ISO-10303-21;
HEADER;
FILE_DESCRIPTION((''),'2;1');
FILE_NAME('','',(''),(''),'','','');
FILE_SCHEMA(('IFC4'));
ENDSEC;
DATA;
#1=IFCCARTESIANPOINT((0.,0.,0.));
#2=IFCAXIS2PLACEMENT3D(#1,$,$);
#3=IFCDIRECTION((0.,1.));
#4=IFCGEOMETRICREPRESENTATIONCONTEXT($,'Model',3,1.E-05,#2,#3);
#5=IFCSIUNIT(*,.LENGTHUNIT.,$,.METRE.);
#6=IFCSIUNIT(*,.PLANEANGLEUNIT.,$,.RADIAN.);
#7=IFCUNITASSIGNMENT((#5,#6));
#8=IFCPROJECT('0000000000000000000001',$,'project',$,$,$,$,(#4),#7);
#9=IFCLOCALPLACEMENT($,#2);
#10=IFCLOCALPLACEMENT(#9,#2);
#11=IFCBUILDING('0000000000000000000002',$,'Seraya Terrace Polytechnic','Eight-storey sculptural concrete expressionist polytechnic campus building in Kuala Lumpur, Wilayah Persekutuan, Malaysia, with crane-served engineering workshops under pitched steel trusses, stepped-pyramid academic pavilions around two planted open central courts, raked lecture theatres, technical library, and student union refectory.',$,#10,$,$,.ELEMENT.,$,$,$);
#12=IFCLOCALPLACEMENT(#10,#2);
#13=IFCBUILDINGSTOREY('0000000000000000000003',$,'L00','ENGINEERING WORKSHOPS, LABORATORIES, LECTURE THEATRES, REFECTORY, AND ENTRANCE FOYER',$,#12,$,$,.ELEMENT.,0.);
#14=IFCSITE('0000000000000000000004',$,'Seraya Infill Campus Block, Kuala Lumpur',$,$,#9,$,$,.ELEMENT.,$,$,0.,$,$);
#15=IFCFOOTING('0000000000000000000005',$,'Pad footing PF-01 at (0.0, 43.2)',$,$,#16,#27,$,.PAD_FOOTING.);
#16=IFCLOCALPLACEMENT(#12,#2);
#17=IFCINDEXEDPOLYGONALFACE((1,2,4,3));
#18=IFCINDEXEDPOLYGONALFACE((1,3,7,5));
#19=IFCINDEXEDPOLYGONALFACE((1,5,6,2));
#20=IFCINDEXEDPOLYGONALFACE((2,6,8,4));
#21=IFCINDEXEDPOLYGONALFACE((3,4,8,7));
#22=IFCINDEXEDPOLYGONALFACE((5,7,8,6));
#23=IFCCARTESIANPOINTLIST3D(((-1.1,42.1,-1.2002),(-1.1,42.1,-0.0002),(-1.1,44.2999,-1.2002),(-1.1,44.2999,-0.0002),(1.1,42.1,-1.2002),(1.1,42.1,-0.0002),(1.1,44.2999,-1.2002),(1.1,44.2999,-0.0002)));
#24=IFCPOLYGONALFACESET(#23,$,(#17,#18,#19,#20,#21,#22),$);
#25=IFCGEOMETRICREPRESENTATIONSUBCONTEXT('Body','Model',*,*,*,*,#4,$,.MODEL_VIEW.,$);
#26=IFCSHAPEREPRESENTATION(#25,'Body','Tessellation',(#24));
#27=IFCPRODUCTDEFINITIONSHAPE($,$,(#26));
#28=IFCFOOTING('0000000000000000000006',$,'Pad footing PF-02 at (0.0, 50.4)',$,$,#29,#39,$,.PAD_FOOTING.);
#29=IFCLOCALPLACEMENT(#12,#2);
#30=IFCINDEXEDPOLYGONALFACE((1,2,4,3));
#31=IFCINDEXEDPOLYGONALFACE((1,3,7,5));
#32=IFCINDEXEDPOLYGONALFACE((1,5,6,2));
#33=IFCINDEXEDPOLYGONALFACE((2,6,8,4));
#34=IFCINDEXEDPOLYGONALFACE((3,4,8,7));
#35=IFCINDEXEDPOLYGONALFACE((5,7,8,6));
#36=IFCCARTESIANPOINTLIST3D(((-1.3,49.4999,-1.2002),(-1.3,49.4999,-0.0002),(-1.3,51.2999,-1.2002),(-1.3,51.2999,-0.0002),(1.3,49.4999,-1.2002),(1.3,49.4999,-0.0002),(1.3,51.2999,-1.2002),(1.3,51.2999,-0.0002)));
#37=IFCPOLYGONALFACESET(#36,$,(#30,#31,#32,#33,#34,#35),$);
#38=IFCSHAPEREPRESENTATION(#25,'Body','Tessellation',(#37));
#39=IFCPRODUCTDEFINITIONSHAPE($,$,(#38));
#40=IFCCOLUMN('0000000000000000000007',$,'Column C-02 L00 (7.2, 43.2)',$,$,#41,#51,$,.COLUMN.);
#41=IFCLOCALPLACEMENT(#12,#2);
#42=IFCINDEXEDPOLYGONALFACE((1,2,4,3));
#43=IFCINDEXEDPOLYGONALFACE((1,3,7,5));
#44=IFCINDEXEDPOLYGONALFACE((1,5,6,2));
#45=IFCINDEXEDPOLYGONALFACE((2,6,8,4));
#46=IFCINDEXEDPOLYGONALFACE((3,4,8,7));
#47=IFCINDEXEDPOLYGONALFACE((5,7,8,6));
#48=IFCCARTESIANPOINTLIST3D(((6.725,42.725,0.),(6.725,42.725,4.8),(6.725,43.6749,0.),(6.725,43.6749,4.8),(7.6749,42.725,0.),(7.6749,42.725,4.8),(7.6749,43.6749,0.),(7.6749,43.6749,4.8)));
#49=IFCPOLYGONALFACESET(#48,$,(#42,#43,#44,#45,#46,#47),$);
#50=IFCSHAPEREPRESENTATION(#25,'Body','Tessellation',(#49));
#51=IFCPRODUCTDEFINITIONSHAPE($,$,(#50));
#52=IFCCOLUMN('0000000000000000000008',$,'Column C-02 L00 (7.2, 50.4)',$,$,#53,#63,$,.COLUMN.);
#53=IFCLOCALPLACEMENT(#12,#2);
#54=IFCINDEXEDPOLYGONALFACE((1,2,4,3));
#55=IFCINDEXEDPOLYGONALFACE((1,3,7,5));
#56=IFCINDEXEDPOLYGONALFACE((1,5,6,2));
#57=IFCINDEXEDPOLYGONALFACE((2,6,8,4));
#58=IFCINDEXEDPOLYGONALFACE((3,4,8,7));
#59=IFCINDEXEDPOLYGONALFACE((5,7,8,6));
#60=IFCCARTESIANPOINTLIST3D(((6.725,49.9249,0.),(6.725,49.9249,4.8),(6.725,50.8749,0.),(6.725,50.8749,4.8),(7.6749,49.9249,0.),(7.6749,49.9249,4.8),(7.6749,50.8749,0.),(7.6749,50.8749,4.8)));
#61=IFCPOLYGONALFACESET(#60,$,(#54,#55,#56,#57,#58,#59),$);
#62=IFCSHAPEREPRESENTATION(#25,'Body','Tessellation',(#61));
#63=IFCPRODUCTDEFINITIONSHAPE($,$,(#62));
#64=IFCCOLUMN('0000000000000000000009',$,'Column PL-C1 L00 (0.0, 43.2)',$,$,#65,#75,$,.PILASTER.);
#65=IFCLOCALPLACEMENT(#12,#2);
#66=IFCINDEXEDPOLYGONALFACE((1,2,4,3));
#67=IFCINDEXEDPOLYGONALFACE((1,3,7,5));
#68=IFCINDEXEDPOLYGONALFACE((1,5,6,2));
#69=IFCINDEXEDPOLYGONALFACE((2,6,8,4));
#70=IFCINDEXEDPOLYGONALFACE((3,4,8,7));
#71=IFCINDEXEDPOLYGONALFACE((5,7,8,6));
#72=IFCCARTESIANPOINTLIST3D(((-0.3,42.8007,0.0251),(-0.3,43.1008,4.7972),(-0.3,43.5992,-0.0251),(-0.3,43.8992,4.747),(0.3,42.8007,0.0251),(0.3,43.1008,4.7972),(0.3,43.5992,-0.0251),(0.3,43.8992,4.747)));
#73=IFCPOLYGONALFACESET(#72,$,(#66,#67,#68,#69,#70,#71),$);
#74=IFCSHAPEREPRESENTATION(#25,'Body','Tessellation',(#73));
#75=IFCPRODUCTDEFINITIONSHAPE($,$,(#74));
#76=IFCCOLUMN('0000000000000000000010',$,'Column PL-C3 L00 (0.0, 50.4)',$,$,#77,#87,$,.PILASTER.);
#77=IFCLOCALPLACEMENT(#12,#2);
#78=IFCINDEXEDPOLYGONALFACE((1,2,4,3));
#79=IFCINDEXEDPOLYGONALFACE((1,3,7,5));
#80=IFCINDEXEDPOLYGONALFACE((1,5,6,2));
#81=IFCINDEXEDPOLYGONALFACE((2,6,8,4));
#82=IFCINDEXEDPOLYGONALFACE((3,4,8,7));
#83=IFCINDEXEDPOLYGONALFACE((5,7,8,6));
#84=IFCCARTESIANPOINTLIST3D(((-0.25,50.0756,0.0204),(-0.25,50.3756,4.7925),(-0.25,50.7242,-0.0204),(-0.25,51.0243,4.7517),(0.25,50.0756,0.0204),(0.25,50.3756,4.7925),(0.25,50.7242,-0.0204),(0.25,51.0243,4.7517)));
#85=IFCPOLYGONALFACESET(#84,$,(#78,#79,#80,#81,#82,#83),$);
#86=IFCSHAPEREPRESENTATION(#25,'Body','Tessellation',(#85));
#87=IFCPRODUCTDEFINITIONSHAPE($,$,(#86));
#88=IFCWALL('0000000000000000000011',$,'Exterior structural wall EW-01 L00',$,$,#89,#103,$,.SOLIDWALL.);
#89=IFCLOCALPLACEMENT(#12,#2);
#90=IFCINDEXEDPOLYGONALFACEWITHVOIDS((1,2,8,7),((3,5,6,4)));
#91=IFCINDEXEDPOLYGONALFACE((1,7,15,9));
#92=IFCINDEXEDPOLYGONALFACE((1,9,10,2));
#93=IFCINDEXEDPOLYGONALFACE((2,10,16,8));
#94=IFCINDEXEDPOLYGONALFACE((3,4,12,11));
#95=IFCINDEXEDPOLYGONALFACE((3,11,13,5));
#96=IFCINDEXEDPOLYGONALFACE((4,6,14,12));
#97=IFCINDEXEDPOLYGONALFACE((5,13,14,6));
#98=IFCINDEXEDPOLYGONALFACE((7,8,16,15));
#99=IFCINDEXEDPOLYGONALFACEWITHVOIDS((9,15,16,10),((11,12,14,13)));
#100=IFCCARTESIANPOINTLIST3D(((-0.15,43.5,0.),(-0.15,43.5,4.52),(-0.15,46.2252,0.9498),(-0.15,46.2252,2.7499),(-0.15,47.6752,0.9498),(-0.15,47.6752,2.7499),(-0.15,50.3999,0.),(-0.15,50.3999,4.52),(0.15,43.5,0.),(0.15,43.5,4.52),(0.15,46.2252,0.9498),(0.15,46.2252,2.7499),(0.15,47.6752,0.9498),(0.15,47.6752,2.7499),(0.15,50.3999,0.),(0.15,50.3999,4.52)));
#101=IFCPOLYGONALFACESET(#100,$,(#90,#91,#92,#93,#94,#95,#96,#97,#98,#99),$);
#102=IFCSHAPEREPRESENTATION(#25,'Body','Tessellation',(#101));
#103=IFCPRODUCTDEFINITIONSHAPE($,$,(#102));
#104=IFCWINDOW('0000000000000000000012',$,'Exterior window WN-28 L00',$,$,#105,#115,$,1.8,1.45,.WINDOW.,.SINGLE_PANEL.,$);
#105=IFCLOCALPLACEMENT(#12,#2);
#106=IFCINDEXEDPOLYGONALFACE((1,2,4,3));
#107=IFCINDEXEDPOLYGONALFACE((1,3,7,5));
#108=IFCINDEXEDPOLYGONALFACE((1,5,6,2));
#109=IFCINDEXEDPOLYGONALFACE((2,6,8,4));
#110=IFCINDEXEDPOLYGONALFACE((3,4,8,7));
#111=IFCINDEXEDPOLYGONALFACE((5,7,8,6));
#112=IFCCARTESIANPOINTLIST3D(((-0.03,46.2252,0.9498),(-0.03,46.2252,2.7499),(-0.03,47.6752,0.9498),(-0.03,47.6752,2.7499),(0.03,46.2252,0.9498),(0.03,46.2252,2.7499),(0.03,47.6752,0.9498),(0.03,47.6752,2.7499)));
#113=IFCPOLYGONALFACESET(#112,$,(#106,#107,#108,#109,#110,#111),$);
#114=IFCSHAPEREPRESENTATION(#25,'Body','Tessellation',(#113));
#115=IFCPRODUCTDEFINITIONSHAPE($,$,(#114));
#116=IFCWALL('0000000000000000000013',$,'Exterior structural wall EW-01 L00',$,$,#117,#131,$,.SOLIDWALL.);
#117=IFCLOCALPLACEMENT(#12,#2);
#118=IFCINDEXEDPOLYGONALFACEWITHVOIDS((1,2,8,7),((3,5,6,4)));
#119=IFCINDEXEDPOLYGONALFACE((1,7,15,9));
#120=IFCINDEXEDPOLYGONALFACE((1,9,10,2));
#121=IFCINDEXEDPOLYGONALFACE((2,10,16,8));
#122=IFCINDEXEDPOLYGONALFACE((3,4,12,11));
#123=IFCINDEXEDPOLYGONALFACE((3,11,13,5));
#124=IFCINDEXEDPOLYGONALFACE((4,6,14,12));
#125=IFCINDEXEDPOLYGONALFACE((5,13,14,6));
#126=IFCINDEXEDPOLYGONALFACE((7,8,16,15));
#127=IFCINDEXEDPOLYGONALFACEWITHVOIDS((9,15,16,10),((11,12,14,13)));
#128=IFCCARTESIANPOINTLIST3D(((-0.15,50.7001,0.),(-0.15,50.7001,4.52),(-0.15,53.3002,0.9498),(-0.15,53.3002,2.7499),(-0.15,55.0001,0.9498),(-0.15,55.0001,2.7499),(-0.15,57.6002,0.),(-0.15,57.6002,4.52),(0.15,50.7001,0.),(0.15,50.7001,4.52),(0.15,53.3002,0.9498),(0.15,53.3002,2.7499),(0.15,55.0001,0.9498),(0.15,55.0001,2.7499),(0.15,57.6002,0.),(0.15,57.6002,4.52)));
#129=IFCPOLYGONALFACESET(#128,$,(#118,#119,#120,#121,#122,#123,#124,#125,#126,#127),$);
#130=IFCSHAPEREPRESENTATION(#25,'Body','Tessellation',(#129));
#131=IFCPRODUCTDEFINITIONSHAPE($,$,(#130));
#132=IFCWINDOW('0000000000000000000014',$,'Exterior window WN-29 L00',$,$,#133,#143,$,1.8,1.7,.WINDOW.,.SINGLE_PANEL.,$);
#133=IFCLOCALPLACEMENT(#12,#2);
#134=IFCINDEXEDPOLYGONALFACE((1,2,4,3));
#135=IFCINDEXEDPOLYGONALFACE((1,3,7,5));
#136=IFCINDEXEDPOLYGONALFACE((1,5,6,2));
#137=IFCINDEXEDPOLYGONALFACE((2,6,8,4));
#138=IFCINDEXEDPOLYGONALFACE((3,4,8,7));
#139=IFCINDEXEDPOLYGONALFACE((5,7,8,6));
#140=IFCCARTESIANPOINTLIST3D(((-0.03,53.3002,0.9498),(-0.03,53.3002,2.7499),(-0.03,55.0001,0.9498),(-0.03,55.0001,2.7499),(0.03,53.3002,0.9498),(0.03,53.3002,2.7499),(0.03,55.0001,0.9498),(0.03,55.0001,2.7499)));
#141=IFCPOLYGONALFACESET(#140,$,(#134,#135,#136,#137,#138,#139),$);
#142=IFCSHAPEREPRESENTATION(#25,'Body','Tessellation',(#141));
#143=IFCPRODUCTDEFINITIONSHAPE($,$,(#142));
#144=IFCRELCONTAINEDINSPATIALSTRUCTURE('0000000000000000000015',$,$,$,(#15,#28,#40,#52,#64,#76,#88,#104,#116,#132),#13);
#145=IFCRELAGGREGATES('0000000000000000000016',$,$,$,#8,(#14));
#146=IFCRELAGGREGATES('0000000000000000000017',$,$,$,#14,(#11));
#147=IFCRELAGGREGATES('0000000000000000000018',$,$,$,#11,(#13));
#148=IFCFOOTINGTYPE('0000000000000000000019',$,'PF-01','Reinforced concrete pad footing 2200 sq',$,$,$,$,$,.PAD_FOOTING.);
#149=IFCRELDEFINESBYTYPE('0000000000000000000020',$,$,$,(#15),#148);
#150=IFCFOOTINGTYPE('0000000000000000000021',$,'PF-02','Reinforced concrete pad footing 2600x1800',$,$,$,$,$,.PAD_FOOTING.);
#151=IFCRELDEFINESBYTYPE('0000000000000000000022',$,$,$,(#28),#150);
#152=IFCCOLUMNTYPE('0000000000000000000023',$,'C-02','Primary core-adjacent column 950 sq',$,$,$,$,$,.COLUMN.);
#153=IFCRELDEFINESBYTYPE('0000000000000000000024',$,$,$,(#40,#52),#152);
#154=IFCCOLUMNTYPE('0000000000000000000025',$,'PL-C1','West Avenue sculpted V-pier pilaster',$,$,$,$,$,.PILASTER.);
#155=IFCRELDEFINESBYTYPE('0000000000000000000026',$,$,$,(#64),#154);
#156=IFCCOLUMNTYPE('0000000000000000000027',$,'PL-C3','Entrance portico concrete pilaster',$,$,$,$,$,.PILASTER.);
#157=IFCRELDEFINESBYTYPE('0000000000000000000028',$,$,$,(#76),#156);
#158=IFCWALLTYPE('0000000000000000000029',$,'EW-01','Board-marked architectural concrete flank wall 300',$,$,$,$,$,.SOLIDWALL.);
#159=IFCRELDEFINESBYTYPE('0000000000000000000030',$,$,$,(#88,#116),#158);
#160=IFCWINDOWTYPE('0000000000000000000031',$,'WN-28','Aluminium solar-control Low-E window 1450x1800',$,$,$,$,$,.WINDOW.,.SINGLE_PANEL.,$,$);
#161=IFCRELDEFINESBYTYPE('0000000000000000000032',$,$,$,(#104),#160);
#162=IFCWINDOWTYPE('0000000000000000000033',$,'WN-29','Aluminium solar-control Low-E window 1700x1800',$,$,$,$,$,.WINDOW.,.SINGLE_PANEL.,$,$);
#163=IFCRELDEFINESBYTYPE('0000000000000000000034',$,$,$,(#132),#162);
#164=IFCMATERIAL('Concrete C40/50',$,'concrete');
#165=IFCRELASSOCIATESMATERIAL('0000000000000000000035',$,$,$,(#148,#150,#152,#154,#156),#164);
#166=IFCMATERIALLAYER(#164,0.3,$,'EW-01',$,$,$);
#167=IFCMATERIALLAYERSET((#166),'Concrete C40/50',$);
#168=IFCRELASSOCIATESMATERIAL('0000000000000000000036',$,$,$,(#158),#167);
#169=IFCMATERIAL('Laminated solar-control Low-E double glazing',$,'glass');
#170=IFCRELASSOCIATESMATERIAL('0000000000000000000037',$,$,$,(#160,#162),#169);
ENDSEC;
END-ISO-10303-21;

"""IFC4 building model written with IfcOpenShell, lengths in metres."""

from ifc_helpers import new_model, si_unit, direction, frame, frame_2d, origin, origin_2d, place, context, subcontext, project, spatial, rectangle, extrude, material, layer, layer_set, material_profile, profile_set, type_object, element, fill, save


model = new_model("IFC4")

# Units and contexts
model_context = context("Model", 3, precision=1e-05, world=origin(), true_north=direction((0.0, 1.0)))
body_context = subcontext(model_context, "Body", "Model", "MODEL_VIEW")
ifc_project = project(units=[si_unit("LENGTHUNIT", "METRE"), si_unit("PLANEANGLEUNIT", "RADIAN")], contexts=[model_context])

# Site, building, storey
site_placement = place(None, origin())
site = spatial("IfcSite", under=ifc_project, at=site_placement, Name="Seraya Infill Campus Block, Kuala Lumpur", CompositionType="ELEMENT", RefElevation=0.0)
building_placement = place(site_placement, origin())
building = spatial("IfcBuilding", under=site, at=building_placement, Name="Seraya Terrace Polytechnic", Description="Eight-storey sculptural concrete expressionist polytechnic campus building in Kuala Lumpur, Wilayah Persekutuan, Malaysia, with crane-served engineering workshops under pitched steel trusses, stepped-pyramid academic pavilions around two planted open central courts, raked lecture theatres, technical library, and student union refectory.", CompositionType="ELEMENT")
storey_placement = place(building_placement, origin())
storey = spatial("IfcBuildingStorey", under=building, at=storey_placement, Name="L00", Description="ENGINEERING WORKSHOPS, LABORATORIES, LECTURE THEATRES, REFECTORY, AND ENTRANCE FOYER", CompositionType="ELEMENT", Elevation=0.0)

# Shared definitions
ifc_material_1 = material(Name="Concrete C40/50", Category="concrete")

# Footings
footing_type_1 = type_object("IfcFootingType", Name="PF-01", Description="Reinforced concrete pad footing 2200 sq", PredefinedType="PAD_FOOTING", material=ifc_material_1)
footing_1_placement = place(storey_placement, frame((0.0, 43.2, -1.2002), z_axis=(0.0, 0.0, 1.0), x_axis=(1.0, 0.0, 0.0)))
element("IfcFooting", 1, at=footing_1_placement, inside=storey, type_object=footing_type_1, Name="Pad footing PF-01 at (0.0, 43.2)", PredefinedType="PAD_FOOTING", context=body_context, shape_type="SweptSolid", body=[
    extrude(rectangle(XDim=2.2, YDim=2.2, at=origin_2d()), origin(), (0.0, 0.0, 1.0), 1.2),
])
footing_type_2 = type_object("IfcFootingType", Name="PF-02", Description="Reinforced concrete pad footing 2600x1800", PredefinedType="PAD_FOOTING", material=ifc_material_1)
footing_2_placement = place(storey_placement, frame((0.0, 50.3999, -1.2002), z_axis=(0.0, 0.0, 1.0), x_axis=(1.0, 0.0, 0.0)))
element("IfcFooting", 2, at=footing_2_placement, inside=storey, type_object=footing_type_2, Name="Pad footing PF-02 at (0.0, 50.4)", PredefinedType="PAD_FOOTING", context=body_context, shape_type="SweptSolid", body=[
    extrude(rectangle(XDim=2.6001, YDim=1.8, at=origin_2d()), origin(), (0.0, 0.0, 1.0), 1.2),
])

# Columns
ifc_material_profile_1 = material_profile(ifc_material_1, rectangle(XDim=0.95, YDim=0.95, at=origin_2d()), Name="RC 950x950")
ifc_profile_set_1 = profile_set([ifc_material_profile_1], Name="Concrete C40/50")
column_type_1 = type_object("IfcColumnType", Name="C-02", Description="Primary core-adjacent column 950 sq", PredefinedType="COLUMN", material=ifc_profile_set_1)
for number, where, z_axis, x_axis, name in (
    (3, (7.2, 43.2, 0.0), (0.0, 0.0, 1.0), (1.0, 0.0, 0.0), "Column C-02 L00 (7.2, 43.2)"),
    (4, (7.2, 50.3999, 0.0), (0.0, 0.0, 1.0), (1.0, 0.0, 0.0), "Column C-02 L00 (7.2, 50.4)"),
):
    element("IfcColumn", number, at=place(storey_placement, frame(where, z_axis=z_axis, x_axis=x_axis)), inside=storey, type_object=column_type_1, Name=name, PredefinedType="COLUMN", context=body_context, shape_type="SweptSolid", body=[
        extrude(rectangle(XDim=0.95, YDim=0.95, at=origin_2d()), origin(), (0.0, 0.0, 1.0), 4.8),
    ])
ifc_material_profile_2 = material_profile(ifc_material_1, rectangle(XDim=0.6001, YDim=0.8, at=origin_2d()), Name="RC 600x800")
ifc_profile_set_2 = profile_set([ifc_material_profile_2], Name="Concrete C40/50")
column_type_2 = type_object("IfcColumnType", Name="PL-C1", Description="West Avenue sculpted V-pier pilaster", PredefinedType="PILASTER", material=ifc_profile_set_2)
column_1_placement = place(storey_placement, frame((0.0, 43.2, 0.0), z_axis=(0.0, 0.062753, 0.998029), x_axis=(-1.0, 0.0, 0.0)))
element("IfcColumn", 5, at=column_1_placement, inside=storey, type_object=column_type_2, Name="Column PL-C1 L00 (0.0, 43.2)", PredefinedType="PILASTER", context=body_context, shape_type="SweptSolid", body=[
    extrude(rectangle(XDim=0.6001, YDim=0.8, at=origin_2d()), origin(), (0.0, 0.0, 1.0), 4.7815),
])
ifc_material_profile_3 = material_profile(ifc_material_1, rectangle(XDim=0.5, YDim=0.6499, at=origin_2d()), Name="RC 500x650")
ifc_profile_set_3 = profile_set([ifc_material_profile_3], Name="Concrete C40/50")
column_type_3 = type_object("IfcColumnType", Name="PL-C3", Description="Entrance portico concrete pilaster", PredefinedType="PILASTER", material=ifc_profile_set_3)
column_2_placement = place(storey_placement, frame((0.0, 50.3999, 0.0), z_axis=(0.0, 0.062753, 0.998029), x_axis=(-1.0, 0.0, 0.0)))
element("IfcColumn", 6, at=column_2_placement, inside=storey, type_object=column_type_3, Name="Column PL-C3 L00 (0.0, 50.4)", PredefinedType="PILASTER", context=body_context, shape_type="SweptSolid", body=[
    extrude(rectangle(XDim=0.5, YDim=0.6499, at=origin_2d()), origin(), (0.0, 0.0, 1.0), 4.7815),
])

# Walls, openings, windows
ifc_layer_1 = layer(ifc_material_1, 0.3, Name="EW-01")
ifc_layer_set_1 = layer_set([ifc_layer_1], Name="Concrete C40/50")
wall_type_1 = type_object("IfcWallType", Name="EW-01", Description="Board-marked architectural concrete flank wall 300", PredefinedType="SOLIDWALL", material=ifc_layer_set_1)
wall_1_placement = place(storey_placement, frame((0.0, 43.5, 0.0), z_axis=(0.0, 0.0, 1.0), x_axis=(0.0, 1.0, 0.0)))
wall_1 = element("IfcWall", 7, at=wall_1_placement, inside=storey, type_object=wall_type_1, Name="Exterior structural wall EW-01 L00", PredefinedType="SOLIDWALL", context=body_context, shape_type="SweptSolid", body=[
    extrude(rectangle(XDim=6.8999, YDim=0.3, at=frame_2d((3.45, 0.0))), origin(), (0.0, 0.0, 1.0), 4.52),
])
opening_1_placement = place(wall_1_placement, frame((2.7251, 0.0, 0.95)))
opening_1 = element("IfcOpeningElement", 8, at=opening_1_placement, cuts=wall_1, PredefinedType="OPENING", context=body_context, shape_type="SweptSolid", body=[
    extrude(rectangle(XDim=1.45, YDim=1.8, at=frame_2d((0.7251, 0.8999))), frame((0.0, 0.1621, 0.0), z_axis=(0.0, -1.0, 0.0), x_axis=(1.0, 0.0, 0.0)), (0.0, 0.0, 1.0), 0.324),
])
ifc_material_2 = material(Name="Laminated solar-control Low-E double glazing", Category="glass")
window_type_1 = type_object("IfcWindowType", Name="WN-28", Description="Aluminium solar-control Low-E window 1450x1800", PartitioningType="SINGLE_PANEL", PredefinedType="WINDOW", material=ifc_material_2)
window_1_placement = place(opening_1_placement, origin())
window_1 = element("IfcWindow", 9, at=window_1_placement, inside=storey, type_object=window_type_1, Name="Exterior window WN-28 L00", OverallHeight=1.8, OverallWidth=1.45, PartitioningType="SINGLE_PANEL", PredefinedType="WINDOW", context=body_context, shape_type="SweptSolid", body=[
    extrude(rectangle(XDim=1.45, YDim=1.8, at=frame_2d((0.7251, 0.8999))), frame((0.0, 0.03, 0.0), z_axis=(0.0, -1.0, 0.0), x_axis=(1.0, 0.0, 0.0)), (0.0, 0.0, 1.0), 0.0601),
])
fill(opening_1, window_1)
wall_2_placement = place(storey_placement, frame((0.0, 50.7, 0.0), z_axis=(0.0, 0.0, 1.0), x_axis=(0.0, 1.0, 0.0)))
wall_2 = element("IfcWall", 10, at=wall_2_placement, inside=storey, type_object=wall_type_1, Name="Exterior structural wall EW-01 L00", PredefinedType="SOLIDWALL", context=body_context, shape_type="SweptSolid", body=[
    extrude(rectangle(XDim=6.9001, YDim=0.3, at=frame_2d((3.4502, 0.0))), origin(), (0.0, 0.0, 1.0), 4.52),
])
opening_2_placement = place(wall_2_placement, frame((2.6001, 0.0, 0.95)))
opening_2 = element("IfcOpeningElement", 11, at=opening_2_placement, cuts=wall_2, PredefinedType="OPENING", context=body_context, shape_type="SweptSolid", body=[
    extrude(rectangle(XDim=1.7, YDim=1.8, at=frame_2d((0.8501, 0.8999))), frame((0.0, 0.1621, 0.0), z_axis=(0.0, -1.0, 0.0), x_axis=(1.0, 0.0, 0.0)), (0.0, 0.0, 1.0), 0.324),
])
window_type_2 = type_object("IfcWindowType", Name="WN-29", Description="Aluminium solar-control Low-E window 1700x1800", PartitioningType="SINGLE_PANEL", PredefinedType="WINDOW", material=ifc_material_2)
window_2_placement = place(opening_2_placement, origin())
window_2 = element("IfcWindow", 12, at=window_2_placement, inside=storey, type_object=window_type_2, Name="Exterior window WN-29 L00", OverallHeight=1.8, OverallWidth=1.7, PartitioningType="SINGLE_PANEL", PredefinedType="WINDOW", context=body_context, shape_type="SweptSolid", body=[
    extrude(rectangle(XDim=1.7, YDim=1.8, at=frame_2d((0.8501, 0.8999))), frame((0.0, 0.03, 0.0), z_axis=(0.0, -1.0, 0.0), x_axis=(1.0, 0.0, 0.0)), (0.0, 0.0, 1.0), 0.0601),
])
fill(opening_2, window_2)

save(model, "model.ifc")
